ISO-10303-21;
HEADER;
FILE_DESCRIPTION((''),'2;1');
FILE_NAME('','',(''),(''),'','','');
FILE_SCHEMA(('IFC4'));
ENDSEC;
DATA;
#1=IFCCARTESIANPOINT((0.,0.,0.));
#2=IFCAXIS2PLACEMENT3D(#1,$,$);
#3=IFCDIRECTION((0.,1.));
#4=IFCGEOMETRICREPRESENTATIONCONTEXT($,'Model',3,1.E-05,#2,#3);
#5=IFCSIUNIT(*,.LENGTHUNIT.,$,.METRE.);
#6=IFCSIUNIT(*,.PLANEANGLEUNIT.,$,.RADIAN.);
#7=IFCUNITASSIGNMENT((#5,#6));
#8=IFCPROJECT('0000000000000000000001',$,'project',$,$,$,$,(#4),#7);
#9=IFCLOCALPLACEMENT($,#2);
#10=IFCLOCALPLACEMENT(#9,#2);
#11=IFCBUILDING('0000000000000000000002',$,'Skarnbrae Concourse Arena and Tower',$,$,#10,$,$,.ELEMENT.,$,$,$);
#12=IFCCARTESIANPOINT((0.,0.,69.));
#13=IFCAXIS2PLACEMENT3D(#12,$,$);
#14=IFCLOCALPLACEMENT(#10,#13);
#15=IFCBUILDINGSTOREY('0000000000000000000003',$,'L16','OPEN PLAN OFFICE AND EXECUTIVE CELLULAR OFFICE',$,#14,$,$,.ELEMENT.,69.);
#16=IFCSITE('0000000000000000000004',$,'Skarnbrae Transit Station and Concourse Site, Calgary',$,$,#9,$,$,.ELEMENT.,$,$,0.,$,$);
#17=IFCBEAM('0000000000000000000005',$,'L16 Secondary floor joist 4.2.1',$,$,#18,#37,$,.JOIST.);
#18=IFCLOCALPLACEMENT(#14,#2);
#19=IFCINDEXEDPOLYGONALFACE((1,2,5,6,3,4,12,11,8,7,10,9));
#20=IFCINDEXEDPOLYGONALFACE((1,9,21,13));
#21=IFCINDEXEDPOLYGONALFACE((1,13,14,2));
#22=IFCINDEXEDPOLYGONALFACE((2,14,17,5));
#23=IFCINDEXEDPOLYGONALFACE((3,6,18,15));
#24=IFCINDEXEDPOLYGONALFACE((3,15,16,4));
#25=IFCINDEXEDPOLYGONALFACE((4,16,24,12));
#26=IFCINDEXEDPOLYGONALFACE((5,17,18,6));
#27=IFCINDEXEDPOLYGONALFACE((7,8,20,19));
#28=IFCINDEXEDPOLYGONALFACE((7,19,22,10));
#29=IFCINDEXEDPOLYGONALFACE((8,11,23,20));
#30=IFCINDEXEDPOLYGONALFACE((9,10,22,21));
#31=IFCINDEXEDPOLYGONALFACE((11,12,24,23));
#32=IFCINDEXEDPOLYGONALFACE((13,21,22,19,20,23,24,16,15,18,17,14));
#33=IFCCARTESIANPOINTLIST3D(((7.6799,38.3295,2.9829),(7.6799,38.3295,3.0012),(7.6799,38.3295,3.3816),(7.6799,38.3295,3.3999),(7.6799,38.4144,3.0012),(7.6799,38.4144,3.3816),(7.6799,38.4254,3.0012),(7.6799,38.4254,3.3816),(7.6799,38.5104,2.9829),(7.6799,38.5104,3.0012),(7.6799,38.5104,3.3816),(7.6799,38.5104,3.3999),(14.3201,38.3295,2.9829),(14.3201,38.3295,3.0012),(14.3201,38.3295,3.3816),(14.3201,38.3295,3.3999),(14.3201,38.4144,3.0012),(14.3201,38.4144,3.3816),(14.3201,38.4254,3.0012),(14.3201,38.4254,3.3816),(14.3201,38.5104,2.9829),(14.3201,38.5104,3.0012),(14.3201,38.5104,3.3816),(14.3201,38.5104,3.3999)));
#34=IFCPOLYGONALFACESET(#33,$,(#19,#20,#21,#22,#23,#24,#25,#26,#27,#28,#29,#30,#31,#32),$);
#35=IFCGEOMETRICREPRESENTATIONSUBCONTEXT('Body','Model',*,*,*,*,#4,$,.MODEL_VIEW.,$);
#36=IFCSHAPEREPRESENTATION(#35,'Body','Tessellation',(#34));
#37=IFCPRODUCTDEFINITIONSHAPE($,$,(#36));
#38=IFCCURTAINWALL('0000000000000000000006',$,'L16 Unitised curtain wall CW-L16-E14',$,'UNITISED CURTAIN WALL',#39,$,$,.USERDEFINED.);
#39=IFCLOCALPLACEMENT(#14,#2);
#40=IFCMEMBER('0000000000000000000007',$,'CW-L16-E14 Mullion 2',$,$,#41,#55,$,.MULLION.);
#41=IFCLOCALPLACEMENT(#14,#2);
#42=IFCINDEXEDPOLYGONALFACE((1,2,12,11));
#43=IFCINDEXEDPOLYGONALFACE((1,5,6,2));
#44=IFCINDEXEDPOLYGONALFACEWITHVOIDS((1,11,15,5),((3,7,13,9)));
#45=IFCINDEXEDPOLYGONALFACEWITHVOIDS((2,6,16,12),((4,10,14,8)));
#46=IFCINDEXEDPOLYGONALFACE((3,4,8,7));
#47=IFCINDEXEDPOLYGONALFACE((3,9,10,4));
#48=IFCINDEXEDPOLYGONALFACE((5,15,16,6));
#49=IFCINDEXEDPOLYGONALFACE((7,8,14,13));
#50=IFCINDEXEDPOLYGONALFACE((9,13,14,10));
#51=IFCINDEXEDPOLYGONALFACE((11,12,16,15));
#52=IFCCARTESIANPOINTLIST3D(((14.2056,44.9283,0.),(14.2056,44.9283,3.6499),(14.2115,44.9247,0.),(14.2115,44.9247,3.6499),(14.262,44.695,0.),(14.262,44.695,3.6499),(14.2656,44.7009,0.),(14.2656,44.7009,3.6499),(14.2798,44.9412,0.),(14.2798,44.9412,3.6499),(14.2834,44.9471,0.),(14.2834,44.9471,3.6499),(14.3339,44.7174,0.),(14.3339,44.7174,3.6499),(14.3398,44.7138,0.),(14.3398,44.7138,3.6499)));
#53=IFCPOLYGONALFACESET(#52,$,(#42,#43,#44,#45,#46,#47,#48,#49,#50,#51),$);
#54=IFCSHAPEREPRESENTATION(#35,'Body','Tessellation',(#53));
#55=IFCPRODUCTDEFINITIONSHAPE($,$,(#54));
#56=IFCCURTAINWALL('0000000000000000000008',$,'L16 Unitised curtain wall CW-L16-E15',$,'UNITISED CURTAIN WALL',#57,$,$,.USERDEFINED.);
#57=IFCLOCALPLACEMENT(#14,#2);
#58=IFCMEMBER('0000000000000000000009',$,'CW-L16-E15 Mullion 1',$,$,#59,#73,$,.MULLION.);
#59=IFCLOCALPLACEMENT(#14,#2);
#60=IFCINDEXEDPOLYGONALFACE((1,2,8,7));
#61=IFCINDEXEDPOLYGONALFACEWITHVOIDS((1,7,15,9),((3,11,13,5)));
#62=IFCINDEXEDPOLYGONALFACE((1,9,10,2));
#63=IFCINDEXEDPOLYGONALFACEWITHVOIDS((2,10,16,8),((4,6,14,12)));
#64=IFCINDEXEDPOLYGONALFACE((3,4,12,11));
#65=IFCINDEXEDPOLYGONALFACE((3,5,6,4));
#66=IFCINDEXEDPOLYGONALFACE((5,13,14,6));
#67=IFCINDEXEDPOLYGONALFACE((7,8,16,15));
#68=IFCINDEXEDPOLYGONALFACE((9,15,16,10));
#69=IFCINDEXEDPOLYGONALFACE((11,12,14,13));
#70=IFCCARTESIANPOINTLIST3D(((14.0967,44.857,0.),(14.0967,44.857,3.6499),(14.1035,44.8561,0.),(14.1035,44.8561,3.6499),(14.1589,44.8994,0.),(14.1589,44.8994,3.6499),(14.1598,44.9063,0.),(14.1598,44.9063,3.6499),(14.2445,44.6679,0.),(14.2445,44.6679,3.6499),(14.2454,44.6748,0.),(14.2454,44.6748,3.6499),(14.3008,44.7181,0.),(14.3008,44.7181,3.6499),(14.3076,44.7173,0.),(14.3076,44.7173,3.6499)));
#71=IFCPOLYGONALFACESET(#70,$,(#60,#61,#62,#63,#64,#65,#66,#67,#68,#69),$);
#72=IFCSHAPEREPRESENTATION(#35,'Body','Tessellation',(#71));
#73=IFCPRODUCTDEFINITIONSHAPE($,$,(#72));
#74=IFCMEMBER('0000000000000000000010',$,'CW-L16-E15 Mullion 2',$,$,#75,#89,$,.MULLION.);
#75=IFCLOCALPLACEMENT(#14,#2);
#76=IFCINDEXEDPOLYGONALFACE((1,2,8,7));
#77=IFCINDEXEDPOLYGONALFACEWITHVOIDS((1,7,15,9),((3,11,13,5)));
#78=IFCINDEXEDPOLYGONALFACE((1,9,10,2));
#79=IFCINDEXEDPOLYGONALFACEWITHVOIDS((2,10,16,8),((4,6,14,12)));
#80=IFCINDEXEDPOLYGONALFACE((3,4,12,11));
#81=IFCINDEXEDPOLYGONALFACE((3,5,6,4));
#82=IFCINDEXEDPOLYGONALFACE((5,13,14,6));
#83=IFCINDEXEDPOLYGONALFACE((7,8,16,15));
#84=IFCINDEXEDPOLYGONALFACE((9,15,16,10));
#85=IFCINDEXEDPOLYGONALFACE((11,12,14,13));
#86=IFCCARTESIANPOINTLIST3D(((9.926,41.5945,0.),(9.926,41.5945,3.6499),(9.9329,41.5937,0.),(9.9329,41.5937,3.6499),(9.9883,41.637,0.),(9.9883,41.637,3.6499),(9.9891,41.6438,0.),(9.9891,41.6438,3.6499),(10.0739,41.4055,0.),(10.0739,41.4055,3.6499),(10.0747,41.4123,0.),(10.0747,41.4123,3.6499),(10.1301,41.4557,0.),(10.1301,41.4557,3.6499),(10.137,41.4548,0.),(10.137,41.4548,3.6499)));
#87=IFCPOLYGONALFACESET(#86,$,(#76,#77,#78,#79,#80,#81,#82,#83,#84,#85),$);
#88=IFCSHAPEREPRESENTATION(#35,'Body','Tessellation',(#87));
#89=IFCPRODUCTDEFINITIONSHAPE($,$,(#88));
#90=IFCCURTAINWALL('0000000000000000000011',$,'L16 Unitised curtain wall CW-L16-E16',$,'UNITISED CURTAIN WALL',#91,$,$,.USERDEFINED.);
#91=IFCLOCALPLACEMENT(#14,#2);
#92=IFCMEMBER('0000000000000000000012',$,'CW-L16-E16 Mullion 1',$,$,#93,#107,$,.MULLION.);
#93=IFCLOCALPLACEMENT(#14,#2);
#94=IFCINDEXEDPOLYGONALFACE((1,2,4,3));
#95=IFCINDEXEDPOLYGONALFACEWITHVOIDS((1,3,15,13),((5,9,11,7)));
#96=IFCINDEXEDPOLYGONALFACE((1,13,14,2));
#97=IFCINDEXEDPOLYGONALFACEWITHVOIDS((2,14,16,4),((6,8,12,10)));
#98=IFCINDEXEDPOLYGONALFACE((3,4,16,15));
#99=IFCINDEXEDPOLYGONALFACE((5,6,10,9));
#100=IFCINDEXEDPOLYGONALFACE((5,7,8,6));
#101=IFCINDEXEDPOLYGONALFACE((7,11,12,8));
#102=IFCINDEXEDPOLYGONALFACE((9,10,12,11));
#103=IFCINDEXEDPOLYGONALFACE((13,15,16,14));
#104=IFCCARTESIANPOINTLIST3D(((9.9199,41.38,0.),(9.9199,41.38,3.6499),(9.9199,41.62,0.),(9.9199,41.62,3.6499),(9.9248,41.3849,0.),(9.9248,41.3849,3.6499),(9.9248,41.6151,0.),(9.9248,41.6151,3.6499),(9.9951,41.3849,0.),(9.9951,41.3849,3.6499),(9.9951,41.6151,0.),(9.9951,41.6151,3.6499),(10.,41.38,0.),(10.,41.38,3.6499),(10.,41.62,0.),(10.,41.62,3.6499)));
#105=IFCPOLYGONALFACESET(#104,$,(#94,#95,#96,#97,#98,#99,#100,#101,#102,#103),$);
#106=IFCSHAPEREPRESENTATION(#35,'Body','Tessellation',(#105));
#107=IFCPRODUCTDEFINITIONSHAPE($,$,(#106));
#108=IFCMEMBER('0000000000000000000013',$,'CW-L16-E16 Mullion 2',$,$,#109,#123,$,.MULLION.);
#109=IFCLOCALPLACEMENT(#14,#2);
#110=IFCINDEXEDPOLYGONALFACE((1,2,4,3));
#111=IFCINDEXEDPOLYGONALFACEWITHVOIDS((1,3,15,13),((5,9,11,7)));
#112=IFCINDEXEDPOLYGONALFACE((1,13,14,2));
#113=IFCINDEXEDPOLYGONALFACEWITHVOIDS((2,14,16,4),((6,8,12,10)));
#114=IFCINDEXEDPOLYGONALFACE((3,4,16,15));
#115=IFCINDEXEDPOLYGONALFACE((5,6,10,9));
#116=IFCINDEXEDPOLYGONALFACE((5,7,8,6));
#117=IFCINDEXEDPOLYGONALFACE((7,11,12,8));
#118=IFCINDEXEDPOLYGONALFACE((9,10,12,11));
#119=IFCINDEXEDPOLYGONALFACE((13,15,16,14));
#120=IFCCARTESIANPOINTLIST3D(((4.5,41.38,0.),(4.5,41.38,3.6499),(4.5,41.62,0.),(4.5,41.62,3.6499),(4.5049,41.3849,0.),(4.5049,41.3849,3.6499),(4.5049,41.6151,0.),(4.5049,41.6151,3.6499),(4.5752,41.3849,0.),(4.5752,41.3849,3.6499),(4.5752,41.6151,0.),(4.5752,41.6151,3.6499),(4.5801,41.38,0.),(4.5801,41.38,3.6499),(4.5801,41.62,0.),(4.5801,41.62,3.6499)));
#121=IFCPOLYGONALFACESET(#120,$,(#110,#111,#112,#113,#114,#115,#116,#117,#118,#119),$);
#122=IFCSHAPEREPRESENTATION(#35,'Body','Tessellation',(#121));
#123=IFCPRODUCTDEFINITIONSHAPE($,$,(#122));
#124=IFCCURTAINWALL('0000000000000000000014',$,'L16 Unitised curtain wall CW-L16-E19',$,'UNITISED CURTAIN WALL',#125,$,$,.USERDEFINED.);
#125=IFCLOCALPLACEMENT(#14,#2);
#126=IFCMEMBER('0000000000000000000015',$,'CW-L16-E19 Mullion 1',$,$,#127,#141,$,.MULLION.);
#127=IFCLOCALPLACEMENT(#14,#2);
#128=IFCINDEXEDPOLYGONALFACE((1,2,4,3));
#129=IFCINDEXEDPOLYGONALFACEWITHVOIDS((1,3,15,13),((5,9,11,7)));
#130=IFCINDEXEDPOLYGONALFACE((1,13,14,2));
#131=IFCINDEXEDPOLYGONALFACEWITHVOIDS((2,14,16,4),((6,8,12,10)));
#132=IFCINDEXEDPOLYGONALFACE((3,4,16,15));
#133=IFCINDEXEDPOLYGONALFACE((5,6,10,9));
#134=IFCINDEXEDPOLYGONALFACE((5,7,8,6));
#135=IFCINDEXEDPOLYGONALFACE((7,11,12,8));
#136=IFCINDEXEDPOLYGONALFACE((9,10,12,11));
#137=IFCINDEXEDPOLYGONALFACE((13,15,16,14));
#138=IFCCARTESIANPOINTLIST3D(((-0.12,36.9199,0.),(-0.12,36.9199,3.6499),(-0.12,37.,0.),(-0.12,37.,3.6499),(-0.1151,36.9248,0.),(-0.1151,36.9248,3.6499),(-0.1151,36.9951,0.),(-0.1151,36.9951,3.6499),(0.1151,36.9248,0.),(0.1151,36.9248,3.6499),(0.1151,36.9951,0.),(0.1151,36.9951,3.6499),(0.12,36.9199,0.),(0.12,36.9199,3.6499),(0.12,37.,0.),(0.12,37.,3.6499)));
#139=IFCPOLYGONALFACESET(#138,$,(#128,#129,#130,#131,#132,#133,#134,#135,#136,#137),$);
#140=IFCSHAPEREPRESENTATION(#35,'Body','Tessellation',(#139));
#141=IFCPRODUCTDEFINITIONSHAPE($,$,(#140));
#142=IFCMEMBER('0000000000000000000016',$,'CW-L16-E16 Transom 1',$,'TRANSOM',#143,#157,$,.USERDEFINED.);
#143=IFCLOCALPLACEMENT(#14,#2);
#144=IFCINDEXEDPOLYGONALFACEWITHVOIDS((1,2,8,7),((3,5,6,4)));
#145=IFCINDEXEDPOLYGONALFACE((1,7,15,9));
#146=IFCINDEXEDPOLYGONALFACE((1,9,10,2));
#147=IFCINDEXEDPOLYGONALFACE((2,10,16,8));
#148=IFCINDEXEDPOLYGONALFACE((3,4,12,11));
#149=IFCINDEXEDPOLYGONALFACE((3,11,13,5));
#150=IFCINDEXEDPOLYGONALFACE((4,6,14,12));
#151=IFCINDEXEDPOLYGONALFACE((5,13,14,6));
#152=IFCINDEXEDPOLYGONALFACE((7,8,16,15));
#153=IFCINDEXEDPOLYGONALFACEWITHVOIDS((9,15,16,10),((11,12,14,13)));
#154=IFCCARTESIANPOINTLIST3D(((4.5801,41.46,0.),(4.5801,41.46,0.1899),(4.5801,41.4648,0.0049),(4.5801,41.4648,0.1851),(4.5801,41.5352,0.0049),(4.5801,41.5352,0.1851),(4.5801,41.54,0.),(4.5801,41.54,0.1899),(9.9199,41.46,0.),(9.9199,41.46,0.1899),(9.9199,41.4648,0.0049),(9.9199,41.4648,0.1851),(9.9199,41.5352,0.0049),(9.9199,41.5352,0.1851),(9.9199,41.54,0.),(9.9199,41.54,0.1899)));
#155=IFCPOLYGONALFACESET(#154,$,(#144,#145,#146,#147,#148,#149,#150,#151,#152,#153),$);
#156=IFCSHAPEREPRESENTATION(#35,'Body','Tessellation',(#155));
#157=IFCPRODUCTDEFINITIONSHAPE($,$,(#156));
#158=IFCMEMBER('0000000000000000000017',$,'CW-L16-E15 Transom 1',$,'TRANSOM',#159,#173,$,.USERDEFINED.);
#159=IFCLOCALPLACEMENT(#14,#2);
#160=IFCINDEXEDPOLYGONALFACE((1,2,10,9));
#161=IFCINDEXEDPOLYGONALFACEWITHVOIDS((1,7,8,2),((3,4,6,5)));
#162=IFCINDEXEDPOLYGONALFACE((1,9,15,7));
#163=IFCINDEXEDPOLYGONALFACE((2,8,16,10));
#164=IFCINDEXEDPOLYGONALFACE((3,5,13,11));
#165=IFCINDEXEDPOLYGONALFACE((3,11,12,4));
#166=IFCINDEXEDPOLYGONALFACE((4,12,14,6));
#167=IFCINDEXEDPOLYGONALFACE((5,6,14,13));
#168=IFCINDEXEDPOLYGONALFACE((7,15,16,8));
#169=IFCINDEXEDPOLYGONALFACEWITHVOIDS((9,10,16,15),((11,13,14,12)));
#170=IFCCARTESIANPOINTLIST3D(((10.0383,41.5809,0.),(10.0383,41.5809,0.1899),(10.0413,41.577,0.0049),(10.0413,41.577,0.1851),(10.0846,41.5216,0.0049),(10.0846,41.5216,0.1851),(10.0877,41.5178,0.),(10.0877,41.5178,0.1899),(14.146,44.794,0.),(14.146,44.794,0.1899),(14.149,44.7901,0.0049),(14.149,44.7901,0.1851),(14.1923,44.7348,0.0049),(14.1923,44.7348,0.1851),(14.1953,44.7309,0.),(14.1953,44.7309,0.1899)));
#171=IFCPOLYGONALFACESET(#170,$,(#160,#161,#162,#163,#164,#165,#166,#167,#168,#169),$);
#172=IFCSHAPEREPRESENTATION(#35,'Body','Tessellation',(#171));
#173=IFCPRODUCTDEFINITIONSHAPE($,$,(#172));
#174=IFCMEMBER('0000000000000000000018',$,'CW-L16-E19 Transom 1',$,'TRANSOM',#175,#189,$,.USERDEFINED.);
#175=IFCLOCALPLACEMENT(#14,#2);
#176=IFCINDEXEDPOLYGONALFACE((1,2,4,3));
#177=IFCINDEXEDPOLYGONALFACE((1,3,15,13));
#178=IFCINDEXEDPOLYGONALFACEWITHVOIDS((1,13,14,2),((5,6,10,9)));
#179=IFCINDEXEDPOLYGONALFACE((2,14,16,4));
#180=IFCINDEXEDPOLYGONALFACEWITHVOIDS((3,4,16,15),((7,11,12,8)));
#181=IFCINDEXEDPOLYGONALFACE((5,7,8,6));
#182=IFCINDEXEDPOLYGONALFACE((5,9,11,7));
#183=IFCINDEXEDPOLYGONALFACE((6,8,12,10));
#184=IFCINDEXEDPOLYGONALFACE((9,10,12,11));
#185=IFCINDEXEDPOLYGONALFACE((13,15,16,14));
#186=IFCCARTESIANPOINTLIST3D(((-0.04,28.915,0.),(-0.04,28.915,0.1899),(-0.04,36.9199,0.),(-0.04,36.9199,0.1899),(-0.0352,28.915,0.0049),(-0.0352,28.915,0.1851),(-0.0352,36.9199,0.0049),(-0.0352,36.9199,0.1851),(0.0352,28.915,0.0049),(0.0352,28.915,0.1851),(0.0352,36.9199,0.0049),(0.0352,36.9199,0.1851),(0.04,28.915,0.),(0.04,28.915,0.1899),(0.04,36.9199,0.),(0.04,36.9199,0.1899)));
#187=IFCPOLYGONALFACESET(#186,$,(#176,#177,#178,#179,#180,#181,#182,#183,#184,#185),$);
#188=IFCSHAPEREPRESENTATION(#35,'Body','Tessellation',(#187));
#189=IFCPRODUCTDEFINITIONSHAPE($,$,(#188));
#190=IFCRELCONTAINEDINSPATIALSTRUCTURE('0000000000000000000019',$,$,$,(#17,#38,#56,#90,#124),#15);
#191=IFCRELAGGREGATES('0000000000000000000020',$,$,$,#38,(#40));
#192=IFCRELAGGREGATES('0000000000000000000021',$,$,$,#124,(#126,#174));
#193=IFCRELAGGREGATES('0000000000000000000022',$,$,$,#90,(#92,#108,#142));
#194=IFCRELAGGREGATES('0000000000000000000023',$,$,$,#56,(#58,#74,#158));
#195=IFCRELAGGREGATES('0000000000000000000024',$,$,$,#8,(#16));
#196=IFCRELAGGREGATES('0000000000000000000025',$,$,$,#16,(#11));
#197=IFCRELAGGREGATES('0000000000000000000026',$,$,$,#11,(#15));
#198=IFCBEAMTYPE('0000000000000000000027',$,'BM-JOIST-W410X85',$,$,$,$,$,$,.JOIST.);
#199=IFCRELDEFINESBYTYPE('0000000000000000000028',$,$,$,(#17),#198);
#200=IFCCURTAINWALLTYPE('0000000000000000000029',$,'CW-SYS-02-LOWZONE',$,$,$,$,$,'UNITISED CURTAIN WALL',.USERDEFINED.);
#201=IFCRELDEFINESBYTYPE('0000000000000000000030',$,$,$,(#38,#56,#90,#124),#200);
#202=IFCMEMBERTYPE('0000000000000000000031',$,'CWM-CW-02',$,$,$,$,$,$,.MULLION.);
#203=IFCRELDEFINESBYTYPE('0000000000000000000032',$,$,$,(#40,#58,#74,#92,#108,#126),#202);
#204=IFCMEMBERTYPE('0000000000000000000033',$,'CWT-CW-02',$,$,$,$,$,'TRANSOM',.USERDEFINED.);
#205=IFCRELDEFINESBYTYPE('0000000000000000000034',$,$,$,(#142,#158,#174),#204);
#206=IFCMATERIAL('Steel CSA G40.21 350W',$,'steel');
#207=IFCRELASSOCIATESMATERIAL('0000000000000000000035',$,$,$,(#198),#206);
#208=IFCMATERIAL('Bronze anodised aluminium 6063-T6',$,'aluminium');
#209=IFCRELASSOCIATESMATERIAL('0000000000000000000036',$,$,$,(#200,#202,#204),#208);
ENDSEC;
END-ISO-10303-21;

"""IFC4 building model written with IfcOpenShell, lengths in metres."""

from ifc_helpers import new_model, si_unit, direction, frame, origin, origin_2d, place, context, subcontext, project, spatial, hollow_rectangle, i_section, extrude, source, transform, mapped, material, material_profile, profile_set, type_object, element, aggregate, save


model = new_model("IFC4")

# Units and contexts
model_context = context("Model", 3, precision=1e-05, world=origin(), true_north=direction((0.0, 1.0)))
body_context = subcontext(model_context, "Body", "Model", "MODEL_VIEW")
ifc_project = project(units=[si_unit("LENGTHUNIT", "METRE"), si_unit("PLANEANGLEUNIT", "RADIAN")], contexts=[model_context])

# Site, building, storey
site_placement = place(None, origin())
site = spatial("IfcSite", under=ifc_project, at=site_placement, Name="Skarnbrae Transit Station and Concourse Site, Calgary", CompositionType="ELEMENT", RefElevation=0.0)
building_placement = place(site_placement, origin())
building = spatial("IfcBuilding", under=site, at=building_placement, Name="Skarnbrae Concourse Arena and Tower", CompositionType="ELEMENT")
storey_placement = place(building_placement, frame((0.0, 0.0, 69.0)))
storey = spatial("IfcBuildingStorey", under=building, at=storey_placement, Name="L16", Description="OPEN PLAN OFFICE AND EXECUTIVE CELLULAR OFFICE", CompositionType="ELEMENT", Elevation=69.0)

# Shared definitions
ifc_material_1 = material(Name="Steel CSA G40.21 350W", Category="steel")

# Beam
ifc_material_profile_1 = material_profile(ifc_material_1, i_section(OverallWidth=0.1809, OverallDepth=0.417, WebThickness=0.011, FlangeThickness=0.0183, at=origin_2d()), Name="W410X85")
ifc_profile_set_1 = profile_set([ifc_material_profile_1], Name="Steel CSA G40.21 350W")
beam_type_1 = type_object("IfcBeamType", Name="BM-JOIST-W410X85", PredefinedType="JOIST", material=ifc_profile_set_1)
shared_shape_1 = source(origin(), body_context, "Body", "SweptSolid", [
    extrude(i_section(OverallWidth=0.1809, OverallDepth=0.417, WebThickness=0.011, FlangeThickness=0.0183, at=origin_2d()), origin(), (0.0, 0.0, 1.0), 6.6401),
])
for number, where, z_axis, x_axis, name in (
    (1, (7.6799, 38.4199, 3.1914), (1.0, 0.0, 0.0), (0.0, 1.0, 0.0), "L16 Secondary floor joist 4.2.1"),
):
    element("IfcBeam", number, at=place(storey_placement, frame(where, z_axis=z_axis, x_axis=x_axis)), inside=storey, type_object=beam_type_1, Name=name, PredefinedType="JOIST", context=body_context, shape_type="MappedRepresentation", body=[
        mapped(shared_shape_1, transform((0.0, 0.0, 0.0))),
    ])

# Curtain wall, member
ifc_material_2 = material(Name="Bronze anodised aluminium 6063-T6", Category="aluminium")
curtain_wall_type = type_object("IfcCurtainWallType", Name="CW-SYS-02-LOWZONE", ElementType="UNITISED CURTAIN WALL", PredefinedType="USERDEFINED", material=ifc_material_2)
curtain_wall_1_placement = place(storey_placement, origin())
curtain_wall_1 = element("IfcCurtainWall", 2, at=curtain_wall_1_placement, inside=storey, type_object=curtain_wall_type, Name="L16 Unitised curtain wall CW-L16-E14", ObjectType="UNITISED CURTAIN WALL", PredefinedType="USERDEFINED")
ifc_material_profile_2 = material_profile(ifc_material_2, hollow_rectangle(XDim=0.0801, YDim=0.24, WallThickness=0.0049, at=origin_2d()), Name="ALU-MULL-80X240")
ifc_profile_set_2 = profile_set([ifc_material_profile_2], Name="Bronze anodised aluminium 6063-T6")
member_type_1 = type_object("IfcMemberType", Name="CWM-CW-02", PredefinedType="MULLION", material=ifc_profile_set_2)
shared_shape_2 = source(origin(), body_context, "Body", "SweptSolid", [
    extrude(hollow_rectangle(XDim=0.0801, YDim=0.24, WallThickness=0.0049, at=origin_2d()), origin(), (0.0, 0.0, 1.0), 3.6499),
])
member_1_placement = place(storey_placement, frame((14.2727, 44.821, 0.0), z_axis=(0.0, 0.0, 1.0), x_axis=(-0.971974, -0.23509, 0.0)))
member_1 = element("IfcMember", 3, at=member_1_placement, type_object=member_type_1, Name="CW-L16-E14 Mullion 2", PredefinedType="MULLION", context=body_context, shape_type="MappedRepresentation", body=[
    mapped(shared_shape_2, transform((0.0, 0.0, 0.0))),
])
aggregate(curtain_wall_1, [member_1])

# Curtain walls, members
curtain_wall_2_placement = place(storey_placement, origin())
curtain_wall_2 = element("IfcCurtainWall", 4, at=curtain_wall_2_placement, inside=storey, type_object=curtain_wall_type, Name="L16 Unitised curtain wall CW-L16-E15", ObjectType="UNITISED CURTAIN WALL", PredefinedType="USERDEFINED")
member_2_placement = place(storey_placement, frame((14.2021, 44.7871, 0.0), z_axis=(0.0, 0.0, 1.0), x_axis=(-0.787652, -0.616121, 0.0)))
member_2 = element("IfcMember", 5, at=member_2_placement, type_object=member_type_1, Name="CW-L16-E15 Mullion 1", PredefinedType="MULLION", context=body_context, shape_type="MappedRepresentation", body=[
    mapped(shared_shape_2, transform((0.0, 0.0, 0.0))),
])
member_3_placement = place(storey_placement, frame((10.0315, 41.5247, 0.0), z_axis=(0.0, 0.0, 1.0), x_axis=(-0.787652, -0.616121, 0.0)))
member_3 = element("IfcMember", 6, at=member_3_placement, type_object=member_type_1, Name="CW-L16-E15 Mullion 2", PredefinedType="MULLION", context=body_context, shape_type="MappedRepresentation", body=[
    mapped(shared_shape_2, transform((0.0, 0.0, 0.0))),
])
curtain_wall_3_placement = place(storey_placement, origin())
curtain_wall_3 = element("IfcCurtainWall", 7, at=curtain_wall_3_placement, inside=storey, type_object=curtain_wall_type, Name="L16 Unitised curtain wall CW-L16-E16", ObjectType="UNITISED CURTAIN WALL", PredefinedType="USERDEFINED")
member_4_placement = place(storey_placement, frame((9.96, 41.5, 0.0), z_axis=(0.0, 0.0, 1.0), x_axis=(-1.0, 0.0, 0.0)))
member_4 = element("IfcMember", 8, at=member_4_placement, type_object=member_type_1, Name="CW-L16-E16 Mullion 1", PredefinedType="MULLION", context=body_context, shape_type="MappedRepresentation", body=[
    mapped(shared_shape_2, transform((0.0, 0.0, 0.0))),
])
member_5_placement = place(storey_placement, frame((4.54, 41.5, 0.0), z_axis=(0.0, 0.0, 1.0), x_axis=(-1.0, 0.0, 0.0)))
member_5 = element("IfcMember", 9, at=member_5_placement, type_object=member_type_1, Name="CW-L16-E16 Mullion 2", PredefinedType="MULLION", context=body_context, shape_type="MappedRepresentation", body=[
    mapped(shared_shape_2, transform((0.0, 0.0, 0.0))),
])

# Curtain wall, member
curtain_wall_4_placement = place(storey_placement, origin())
curtain_wall_4 = element("IfcCurtainWall", 10, at=curtain_wall_4_placement, inside=storey, type_object=curtain_wall_type, Name="L16 Unitised curtain wall CW-L16-E19", ObjectType="UNITISED CURTAIN WALL", PredefinedType="USERDEFINED")
member_6_placement = place(storey_placement, frame((0.0, 36.96, 0.0), z_axis=(0.0, 0.0, 1.0), x_axis=(0.0, -1.0, 0.0)))
member_6 = element("IfcMember", 11, at=member_6_placement, type_object=member_type_1, Name="CW-L16-E19 Mullion 1", PredefinedType="MULLION", context=body_context, shape_type="MappedRepresentation", body=[
    mapped(shared_shape_2, transform((0.0, 0.0, 0.0))),
])

# Members
ifc_material_profile_3 = material_profile(ifc_material_2, hollow_rectangle(XDim=0.0801, YDim=0.1899, WallThickness=0.0049, at=origin_2d()), Name="ALU-TRAN-80X190")
ifc_profile_set_3 = profile_set([ifc_material_profile_3], Name="Bronze anodised aluminium 6063-T6")
member_type_2 = type_object("IfcMemberType", Name="CWT-CW-02", ElementType="TRANSOM", PredefinedType="USERDEFINED", material=ifc_profile_set_3)
shared_shape_3 = source(origin(), body_context, "Body", "SweptSolid", [
    extrude(hollow_rectangle(XDim=0.0801, YDim=0.1899, WallThickness=0.0049, at=origin_2d()), origin(), (0.0, 0.0, 1.0), 5.3398),
])
member_7_placement = place(storey_placement, frame((9.9199, 41.5, 0.095), z_axis=(-1.0, 0.0, 0.0), x_axis=(0.0, -1.0, 0.0)))
member_7 = element("IfcMember", 12, at=member_7_placement, type_object=member_type_2, Name="CW-L16-E16 Transom 1", ObjectType="TRANSOM", PredefinedType="USERDEFINED", context=body_context, shape_type="MappedRepresentation", body=[
    mapped(shared_shape_3, transform((0.0, 0.0, 0.0))),
])
shared_shape_4 = source(origin(), body_context, "Body", "SweptSolid", [
    extrude(hollow_rectangle(XDim=0.0801, YDim=0.1899, WallThickness=0.0049, at=origin_2d()), origin(), (0.0, 0.0, 1.0), 5.2151),
])
member_8_placement = place(storey_placement, frame((14.1707, 44.7625, 0.095), z_axis=(-0.78765, -0.616123, 0.0), x_axis=(0.616123, -0.78765, 0.0)))
member_8 = element("IfcMember", 13, at=member_8_placement, type_object=member_type_2, Name="CW-L16-E15 Transom 1", ObjectType="TRANSOM", PredefinedType="USERDEFINED", context=body_context, shape_type="MappedRepresentation", body=[
    mapped(shared_shape_4, transform((0.0, 0.0, 0.0))),
])
shared_shape_5 = source(origin(), body_context, "Body", "SweptSolid", [
    extrude(hollow_rectangle(XDim=0.0801, YDim=0.1899, WallThickness=0.0049, at=origin_2d()), origin(), (0.0, 0.0, 1.0), 8.0049),
])
member_9_placement = place(storey_placement, frame((0.0, 36.9199, 0.095), z_axis=(0.0, -1.0, 0.0), x_axis=(1.0, 0.0, 0.0)))
member_9 = element("IfcMember", 14, at=member_9_placement, type_object=member_type_2, Name="CW-L16-E19 Transom 1", ObjectType="TRANSOM", PredefinedType="USERDEFINED", context=body_context, shape_type="MappedRepresentation", body=[
    mapped(shared_shape_5, transform((0.0, 0.0, 0.0))),
])
aggregate(curtain_wall_4, [member_6, member_9])

aggregate(curtain_wall_3, [member_4, member_5, member_7])
aggregate(curtain_wall_2, [member_2, member_3, member_8])

save(model, "model.ifc")
